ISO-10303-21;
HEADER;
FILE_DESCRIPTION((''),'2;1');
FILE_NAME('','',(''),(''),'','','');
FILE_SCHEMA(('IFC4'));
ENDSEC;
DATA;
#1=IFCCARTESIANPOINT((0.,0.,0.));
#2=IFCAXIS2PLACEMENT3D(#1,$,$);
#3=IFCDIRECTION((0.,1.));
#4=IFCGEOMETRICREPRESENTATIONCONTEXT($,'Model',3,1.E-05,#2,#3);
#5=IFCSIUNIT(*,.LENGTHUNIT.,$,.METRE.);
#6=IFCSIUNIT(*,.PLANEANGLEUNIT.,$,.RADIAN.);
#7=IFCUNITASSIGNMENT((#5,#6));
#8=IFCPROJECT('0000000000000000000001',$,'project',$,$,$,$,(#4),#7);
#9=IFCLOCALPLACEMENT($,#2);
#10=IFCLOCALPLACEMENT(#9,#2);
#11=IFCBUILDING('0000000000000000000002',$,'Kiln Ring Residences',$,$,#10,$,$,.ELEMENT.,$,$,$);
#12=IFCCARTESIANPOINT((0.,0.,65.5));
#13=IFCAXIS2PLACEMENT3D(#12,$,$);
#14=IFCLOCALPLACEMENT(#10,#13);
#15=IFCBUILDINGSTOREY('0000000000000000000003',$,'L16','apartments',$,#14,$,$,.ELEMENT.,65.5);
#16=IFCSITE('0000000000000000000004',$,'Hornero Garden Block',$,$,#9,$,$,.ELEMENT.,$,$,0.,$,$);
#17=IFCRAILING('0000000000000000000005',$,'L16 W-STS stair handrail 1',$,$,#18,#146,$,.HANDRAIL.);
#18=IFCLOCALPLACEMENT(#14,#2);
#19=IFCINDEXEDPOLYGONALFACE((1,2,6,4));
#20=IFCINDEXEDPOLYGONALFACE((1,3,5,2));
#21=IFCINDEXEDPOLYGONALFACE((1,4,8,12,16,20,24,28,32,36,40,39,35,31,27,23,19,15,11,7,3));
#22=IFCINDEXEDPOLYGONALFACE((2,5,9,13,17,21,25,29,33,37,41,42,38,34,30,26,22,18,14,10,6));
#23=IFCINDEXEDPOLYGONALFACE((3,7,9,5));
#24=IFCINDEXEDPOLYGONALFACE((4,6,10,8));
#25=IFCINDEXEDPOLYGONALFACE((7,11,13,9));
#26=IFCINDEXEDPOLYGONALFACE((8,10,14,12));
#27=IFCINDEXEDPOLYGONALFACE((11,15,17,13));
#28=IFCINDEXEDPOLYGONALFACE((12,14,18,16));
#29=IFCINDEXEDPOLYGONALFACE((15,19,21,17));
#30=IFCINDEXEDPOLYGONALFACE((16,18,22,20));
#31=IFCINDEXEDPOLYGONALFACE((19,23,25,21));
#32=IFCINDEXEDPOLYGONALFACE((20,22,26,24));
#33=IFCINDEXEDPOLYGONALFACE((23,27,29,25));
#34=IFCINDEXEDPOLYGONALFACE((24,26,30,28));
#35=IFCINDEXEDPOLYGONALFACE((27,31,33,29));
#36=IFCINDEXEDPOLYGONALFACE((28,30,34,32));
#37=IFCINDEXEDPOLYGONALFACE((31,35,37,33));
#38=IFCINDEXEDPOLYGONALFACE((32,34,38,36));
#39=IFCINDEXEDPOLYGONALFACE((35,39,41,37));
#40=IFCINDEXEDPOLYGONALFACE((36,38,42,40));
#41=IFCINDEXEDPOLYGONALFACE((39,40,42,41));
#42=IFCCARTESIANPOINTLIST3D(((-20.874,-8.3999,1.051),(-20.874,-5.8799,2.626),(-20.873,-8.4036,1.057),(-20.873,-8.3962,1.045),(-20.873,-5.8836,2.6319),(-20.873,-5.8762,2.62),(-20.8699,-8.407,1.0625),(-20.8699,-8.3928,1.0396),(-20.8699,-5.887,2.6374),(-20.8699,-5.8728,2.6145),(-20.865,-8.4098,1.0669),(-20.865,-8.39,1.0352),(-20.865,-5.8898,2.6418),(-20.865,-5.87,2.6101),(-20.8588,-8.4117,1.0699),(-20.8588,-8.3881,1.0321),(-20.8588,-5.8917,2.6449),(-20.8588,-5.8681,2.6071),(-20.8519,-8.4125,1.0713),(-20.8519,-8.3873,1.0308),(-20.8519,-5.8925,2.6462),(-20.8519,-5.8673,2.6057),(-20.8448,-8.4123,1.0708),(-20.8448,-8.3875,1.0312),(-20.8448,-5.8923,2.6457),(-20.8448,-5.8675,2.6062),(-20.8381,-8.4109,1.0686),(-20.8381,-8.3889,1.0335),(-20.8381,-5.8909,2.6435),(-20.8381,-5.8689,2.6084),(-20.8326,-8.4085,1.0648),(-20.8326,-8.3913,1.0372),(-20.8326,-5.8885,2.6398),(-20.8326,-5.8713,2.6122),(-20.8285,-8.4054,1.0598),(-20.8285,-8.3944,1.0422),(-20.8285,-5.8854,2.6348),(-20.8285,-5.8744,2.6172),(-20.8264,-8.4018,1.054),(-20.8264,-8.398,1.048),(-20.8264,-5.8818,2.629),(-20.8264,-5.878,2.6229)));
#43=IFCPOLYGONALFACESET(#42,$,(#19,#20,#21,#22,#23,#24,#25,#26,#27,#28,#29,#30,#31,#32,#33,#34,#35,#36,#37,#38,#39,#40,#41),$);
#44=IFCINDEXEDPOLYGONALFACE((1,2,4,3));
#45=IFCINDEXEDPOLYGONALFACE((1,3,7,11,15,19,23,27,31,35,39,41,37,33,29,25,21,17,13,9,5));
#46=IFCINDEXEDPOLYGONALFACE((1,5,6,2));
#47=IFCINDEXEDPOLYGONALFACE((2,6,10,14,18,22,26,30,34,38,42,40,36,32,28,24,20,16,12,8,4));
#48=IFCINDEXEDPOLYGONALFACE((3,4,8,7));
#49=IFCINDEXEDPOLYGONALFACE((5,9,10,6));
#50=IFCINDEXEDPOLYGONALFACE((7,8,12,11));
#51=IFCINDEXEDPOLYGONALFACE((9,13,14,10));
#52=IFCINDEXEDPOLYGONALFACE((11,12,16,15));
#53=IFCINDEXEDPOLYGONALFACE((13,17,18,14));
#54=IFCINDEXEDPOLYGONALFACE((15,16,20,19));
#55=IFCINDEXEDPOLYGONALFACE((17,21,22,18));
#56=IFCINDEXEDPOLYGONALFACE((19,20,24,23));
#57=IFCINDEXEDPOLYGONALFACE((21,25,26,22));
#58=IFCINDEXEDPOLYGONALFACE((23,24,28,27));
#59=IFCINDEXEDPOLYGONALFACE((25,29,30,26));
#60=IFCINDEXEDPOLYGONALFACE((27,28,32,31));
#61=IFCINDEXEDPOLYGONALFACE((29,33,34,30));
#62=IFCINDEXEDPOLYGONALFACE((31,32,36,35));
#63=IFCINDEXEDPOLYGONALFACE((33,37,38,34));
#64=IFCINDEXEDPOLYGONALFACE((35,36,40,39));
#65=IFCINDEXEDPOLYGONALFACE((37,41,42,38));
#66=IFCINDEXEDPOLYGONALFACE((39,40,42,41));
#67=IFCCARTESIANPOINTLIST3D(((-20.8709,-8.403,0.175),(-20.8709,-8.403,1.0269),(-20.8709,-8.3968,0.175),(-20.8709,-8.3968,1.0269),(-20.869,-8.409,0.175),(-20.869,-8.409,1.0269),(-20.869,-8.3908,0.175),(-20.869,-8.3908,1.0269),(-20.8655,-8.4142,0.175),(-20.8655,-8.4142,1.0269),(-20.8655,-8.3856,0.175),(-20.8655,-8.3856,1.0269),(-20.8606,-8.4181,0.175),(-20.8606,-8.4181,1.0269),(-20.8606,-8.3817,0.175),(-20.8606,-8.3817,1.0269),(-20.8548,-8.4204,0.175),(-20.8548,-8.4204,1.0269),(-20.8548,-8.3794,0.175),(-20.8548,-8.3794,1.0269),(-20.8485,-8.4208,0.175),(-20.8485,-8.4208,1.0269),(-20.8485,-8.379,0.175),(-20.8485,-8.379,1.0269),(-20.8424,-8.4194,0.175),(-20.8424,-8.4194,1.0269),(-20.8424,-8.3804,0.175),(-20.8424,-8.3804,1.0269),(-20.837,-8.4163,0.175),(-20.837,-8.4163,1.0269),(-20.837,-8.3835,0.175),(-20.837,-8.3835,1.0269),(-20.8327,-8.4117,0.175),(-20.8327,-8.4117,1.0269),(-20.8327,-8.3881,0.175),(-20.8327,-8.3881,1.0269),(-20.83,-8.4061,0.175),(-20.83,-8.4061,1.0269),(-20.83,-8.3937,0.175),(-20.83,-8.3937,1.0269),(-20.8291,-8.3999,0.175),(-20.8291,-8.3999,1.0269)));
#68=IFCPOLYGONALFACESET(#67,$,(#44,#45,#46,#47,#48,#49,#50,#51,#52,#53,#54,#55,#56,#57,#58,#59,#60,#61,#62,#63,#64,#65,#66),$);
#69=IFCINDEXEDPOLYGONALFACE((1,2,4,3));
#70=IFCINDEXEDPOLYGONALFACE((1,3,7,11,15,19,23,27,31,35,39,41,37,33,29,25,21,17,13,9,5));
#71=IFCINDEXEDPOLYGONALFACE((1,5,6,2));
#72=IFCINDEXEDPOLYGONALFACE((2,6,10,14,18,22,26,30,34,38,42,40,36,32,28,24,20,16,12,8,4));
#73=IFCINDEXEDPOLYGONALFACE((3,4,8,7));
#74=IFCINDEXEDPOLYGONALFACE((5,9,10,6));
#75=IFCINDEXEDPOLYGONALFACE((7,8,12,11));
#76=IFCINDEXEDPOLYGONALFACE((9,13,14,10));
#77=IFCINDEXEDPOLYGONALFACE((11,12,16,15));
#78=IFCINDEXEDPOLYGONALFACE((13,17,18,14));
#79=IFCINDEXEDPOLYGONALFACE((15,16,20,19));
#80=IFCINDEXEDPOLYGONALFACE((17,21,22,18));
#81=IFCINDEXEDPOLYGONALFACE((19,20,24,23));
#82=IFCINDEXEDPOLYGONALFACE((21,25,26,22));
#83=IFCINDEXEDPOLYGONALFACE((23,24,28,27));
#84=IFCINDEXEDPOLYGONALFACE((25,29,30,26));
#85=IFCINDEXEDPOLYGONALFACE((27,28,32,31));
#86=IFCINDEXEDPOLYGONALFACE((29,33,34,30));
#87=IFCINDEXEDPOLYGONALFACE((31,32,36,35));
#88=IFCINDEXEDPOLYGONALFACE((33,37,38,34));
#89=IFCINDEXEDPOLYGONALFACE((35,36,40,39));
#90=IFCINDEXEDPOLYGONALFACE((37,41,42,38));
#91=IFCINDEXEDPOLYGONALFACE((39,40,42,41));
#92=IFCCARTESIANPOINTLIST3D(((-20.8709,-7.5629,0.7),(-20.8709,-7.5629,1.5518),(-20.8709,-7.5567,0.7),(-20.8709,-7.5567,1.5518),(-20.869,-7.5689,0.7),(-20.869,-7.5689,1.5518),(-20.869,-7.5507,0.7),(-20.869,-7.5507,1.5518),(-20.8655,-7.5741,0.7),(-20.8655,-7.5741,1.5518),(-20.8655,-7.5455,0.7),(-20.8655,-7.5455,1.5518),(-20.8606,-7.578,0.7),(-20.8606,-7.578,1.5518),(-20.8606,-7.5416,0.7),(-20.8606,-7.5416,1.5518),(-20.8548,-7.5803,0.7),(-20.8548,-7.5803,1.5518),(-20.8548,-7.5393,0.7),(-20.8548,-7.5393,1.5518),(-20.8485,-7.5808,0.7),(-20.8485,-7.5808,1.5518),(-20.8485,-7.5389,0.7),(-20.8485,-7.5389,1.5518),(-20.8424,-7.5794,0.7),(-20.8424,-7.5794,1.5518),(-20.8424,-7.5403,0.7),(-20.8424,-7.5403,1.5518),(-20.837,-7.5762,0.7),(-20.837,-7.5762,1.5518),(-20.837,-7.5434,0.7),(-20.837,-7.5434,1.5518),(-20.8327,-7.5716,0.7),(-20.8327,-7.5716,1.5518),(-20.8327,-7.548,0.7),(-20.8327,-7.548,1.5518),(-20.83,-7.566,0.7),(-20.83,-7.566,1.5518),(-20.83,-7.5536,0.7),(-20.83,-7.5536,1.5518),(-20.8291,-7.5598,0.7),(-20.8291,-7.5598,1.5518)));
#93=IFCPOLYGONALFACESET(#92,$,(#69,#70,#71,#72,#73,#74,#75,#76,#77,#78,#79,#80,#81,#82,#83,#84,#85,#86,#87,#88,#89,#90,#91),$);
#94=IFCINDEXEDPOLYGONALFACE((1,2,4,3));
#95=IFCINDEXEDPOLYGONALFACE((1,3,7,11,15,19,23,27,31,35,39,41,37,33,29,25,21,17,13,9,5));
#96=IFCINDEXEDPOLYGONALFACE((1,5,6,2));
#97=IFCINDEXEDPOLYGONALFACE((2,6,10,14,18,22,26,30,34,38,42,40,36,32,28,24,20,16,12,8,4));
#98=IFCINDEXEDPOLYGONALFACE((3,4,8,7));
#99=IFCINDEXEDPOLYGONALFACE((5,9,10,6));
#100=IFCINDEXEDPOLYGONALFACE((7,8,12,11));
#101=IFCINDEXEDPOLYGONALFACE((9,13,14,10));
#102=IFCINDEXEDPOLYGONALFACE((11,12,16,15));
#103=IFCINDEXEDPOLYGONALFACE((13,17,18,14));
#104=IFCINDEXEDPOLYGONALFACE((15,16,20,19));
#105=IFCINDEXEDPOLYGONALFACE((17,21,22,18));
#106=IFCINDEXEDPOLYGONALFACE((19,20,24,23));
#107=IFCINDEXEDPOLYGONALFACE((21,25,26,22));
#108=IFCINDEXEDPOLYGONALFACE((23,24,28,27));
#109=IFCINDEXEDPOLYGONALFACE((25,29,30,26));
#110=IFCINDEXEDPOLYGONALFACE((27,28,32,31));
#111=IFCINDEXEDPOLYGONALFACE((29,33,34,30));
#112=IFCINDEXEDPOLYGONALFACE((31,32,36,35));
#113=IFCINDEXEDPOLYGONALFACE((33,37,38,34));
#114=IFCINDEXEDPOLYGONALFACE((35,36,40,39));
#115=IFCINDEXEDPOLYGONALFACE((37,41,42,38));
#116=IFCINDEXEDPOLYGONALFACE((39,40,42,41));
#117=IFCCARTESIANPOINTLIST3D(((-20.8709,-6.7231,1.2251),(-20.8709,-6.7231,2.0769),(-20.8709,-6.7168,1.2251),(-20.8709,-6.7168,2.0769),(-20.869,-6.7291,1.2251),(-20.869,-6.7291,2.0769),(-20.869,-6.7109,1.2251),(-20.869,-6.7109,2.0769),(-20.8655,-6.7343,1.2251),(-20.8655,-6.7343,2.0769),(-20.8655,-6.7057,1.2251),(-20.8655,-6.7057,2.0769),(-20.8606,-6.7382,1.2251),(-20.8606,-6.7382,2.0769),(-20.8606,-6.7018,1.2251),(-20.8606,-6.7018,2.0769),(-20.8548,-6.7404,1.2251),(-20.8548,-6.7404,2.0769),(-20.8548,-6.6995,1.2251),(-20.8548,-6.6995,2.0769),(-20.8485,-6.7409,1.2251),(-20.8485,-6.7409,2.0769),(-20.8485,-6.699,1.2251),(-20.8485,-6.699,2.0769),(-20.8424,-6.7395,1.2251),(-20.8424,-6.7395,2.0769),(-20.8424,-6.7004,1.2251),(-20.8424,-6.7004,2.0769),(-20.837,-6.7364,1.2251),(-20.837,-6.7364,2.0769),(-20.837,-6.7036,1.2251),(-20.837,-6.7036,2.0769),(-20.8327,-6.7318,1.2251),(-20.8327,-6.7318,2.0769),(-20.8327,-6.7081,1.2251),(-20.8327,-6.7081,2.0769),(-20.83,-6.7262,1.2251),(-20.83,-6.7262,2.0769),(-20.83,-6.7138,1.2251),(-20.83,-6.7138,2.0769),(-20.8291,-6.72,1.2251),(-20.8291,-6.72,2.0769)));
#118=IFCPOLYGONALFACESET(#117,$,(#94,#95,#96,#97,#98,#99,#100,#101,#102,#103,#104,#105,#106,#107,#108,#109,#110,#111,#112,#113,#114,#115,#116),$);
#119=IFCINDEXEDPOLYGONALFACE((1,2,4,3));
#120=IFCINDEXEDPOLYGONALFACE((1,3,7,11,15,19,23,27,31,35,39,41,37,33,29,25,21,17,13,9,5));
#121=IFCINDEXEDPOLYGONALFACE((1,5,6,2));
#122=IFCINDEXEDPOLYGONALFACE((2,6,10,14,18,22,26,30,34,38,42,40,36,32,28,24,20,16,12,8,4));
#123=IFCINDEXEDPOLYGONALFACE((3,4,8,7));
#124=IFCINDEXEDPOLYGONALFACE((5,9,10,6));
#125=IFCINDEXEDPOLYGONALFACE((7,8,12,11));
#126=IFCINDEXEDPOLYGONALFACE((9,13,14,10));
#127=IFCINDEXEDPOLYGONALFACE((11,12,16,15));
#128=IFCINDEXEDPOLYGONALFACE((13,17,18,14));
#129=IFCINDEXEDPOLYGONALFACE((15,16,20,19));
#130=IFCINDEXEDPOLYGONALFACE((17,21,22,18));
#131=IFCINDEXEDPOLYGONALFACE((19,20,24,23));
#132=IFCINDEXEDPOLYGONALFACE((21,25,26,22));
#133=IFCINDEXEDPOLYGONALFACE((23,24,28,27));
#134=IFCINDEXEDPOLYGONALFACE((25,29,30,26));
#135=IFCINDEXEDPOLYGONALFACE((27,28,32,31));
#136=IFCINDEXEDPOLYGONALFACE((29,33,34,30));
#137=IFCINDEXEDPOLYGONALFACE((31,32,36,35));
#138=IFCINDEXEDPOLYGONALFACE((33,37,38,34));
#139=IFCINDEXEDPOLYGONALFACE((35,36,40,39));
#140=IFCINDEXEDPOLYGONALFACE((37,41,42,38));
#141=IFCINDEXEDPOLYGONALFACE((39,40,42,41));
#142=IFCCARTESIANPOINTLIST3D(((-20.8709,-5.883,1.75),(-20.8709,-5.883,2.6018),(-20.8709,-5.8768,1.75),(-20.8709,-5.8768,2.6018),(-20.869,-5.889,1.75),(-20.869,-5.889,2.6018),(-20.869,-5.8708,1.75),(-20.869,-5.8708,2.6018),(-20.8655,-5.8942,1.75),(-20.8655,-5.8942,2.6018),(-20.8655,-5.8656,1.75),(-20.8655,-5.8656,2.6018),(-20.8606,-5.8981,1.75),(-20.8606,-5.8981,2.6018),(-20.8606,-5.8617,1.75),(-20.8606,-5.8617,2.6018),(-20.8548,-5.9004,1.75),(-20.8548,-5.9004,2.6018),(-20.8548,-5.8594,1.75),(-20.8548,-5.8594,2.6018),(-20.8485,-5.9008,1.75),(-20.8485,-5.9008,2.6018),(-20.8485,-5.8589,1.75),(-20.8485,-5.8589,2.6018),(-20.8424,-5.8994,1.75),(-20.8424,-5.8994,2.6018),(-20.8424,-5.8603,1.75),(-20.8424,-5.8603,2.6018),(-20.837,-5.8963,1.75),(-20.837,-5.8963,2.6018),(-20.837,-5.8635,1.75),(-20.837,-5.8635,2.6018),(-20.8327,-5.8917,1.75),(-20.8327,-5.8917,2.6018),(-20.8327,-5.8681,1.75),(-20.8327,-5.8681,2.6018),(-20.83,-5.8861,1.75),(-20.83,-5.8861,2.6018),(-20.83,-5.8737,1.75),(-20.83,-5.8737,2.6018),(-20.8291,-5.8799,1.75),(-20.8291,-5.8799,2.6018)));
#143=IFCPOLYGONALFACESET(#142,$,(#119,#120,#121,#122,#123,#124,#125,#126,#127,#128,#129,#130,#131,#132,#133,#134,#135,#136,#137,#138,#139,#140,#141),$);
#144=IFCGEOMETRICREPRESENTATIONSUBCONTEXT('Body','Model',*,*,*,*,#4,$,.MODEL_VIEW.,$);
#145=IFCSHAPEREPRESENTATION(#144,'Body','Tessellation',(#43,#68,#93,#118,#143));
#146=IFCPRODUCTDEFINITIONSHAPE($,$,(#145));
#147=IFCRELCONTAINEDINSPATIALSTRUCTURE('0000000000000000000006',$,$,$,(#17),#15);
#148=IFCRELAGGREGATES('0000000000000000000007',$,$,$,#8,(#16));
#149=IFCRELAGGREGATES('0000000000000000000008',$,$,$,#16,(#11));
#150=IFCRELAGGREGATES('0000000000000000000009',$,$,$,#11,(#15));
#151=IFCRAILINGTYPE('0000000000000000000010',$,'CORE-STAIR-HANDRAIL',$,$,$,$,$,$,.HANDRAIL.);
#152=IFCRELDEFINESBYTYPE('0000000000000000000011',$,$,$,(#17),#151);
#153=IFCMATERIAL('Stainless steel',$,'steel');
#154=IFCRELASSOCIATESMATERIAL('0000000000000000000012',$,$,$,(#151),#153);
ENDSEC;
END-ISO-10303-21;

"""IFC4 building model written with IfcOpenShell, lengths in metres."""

from ifc_helpers import new_model, si_unit, direction, frame, origin, origin_2d, place, context, subcontext, project, spatial, circle, extrude, material, type_object, element, save


model = new_model("IFC4")

# Units and contexts
model_context = context("Model", 3, precision=1e-05, world=origin(), true_north=direction((0.0, 1.0)))
body_context = subcontext(model_context, "Body", "Model", "MODEL_VIEW")
ifc_project = project(units=[si_unit("LENGTHUNIT", "METRE"), si_unit("PLANEANGLEUNIT", "RADIAN")], contexts=[model_context])

# Site, building, storey
site_placement = place(None, origin())
site = spatial("IfcSite", under=ifc_project, at=site_placement, Name="Hornero Garden Block", CompositionType="ELEMENT", RefElevation=0.0)
building_placement = place(site_placement, origin())
building = spatial("IfcBuilding", under=site, at=building_placement, Name="Kiln Ring Residences", CompositionType="ELEMENT")
storey_placement = place(building_placement, frame((0.0, 0.0, 65.5)))
storey = spatial("IfcBuildingStorey", under=building, at=storey_placement, Name="L16", Description="apartments", CompositionType="ELEMENT", Elevation=65.5)

# Railing
ifc_material_1 = material(Name="Stainless steel", Category="steel")
railing_type_1 = type_object("IfcRailingType", Name="CORE-STAIR-HANDRAIL", PredefinedType="HANDRAIL", material=ifc_material_1)
railing_1_placement = place(storey_placement, frame((-20.8501, -8.3999, 0.175)))
element("IfcRailing", 1, at=railing_1_placement, inside=storey, type_object=railing_type_1, Name="L16 W-STS stair handrail 1", PredefinedType="HANDRAIL", context=body_context, shape_type="SweptSolid", body=[
    extrude(circle(Radius=0.0239, at=origin_2d()), frame((0.0, 0.0, 0.876), z_axis=(0.0, 0.848008, 0.529984), x_axis=(-1.0, 0.0, 0.0)), (0.0, 0.0, 1.0), 2.9717),
    extrude(circle(Radius=0.021, at=origin_2d()), origin(), (0.0, 0.0, 1.0), 0.8518),
    extrude(circle(Radius=0.021, at=origin_2d()), frame((0.0, 0.8401, 0.5249)), (0.0, 0.0, 1.0), 0.8518),
    extrude(circle(Radius=0.021, at=origin_2d()), frame((0.0, 1.6799, 1.05)), (0.0, 0.0, 1.0), 0.8518),
    extrude(circle(Radius=0.021, at=origin_2d()), frame((0.0, 2.52, 1.575)), (0.0, 0.0, 1.0), 0.8518),
])

save(model, "model.ifc")
